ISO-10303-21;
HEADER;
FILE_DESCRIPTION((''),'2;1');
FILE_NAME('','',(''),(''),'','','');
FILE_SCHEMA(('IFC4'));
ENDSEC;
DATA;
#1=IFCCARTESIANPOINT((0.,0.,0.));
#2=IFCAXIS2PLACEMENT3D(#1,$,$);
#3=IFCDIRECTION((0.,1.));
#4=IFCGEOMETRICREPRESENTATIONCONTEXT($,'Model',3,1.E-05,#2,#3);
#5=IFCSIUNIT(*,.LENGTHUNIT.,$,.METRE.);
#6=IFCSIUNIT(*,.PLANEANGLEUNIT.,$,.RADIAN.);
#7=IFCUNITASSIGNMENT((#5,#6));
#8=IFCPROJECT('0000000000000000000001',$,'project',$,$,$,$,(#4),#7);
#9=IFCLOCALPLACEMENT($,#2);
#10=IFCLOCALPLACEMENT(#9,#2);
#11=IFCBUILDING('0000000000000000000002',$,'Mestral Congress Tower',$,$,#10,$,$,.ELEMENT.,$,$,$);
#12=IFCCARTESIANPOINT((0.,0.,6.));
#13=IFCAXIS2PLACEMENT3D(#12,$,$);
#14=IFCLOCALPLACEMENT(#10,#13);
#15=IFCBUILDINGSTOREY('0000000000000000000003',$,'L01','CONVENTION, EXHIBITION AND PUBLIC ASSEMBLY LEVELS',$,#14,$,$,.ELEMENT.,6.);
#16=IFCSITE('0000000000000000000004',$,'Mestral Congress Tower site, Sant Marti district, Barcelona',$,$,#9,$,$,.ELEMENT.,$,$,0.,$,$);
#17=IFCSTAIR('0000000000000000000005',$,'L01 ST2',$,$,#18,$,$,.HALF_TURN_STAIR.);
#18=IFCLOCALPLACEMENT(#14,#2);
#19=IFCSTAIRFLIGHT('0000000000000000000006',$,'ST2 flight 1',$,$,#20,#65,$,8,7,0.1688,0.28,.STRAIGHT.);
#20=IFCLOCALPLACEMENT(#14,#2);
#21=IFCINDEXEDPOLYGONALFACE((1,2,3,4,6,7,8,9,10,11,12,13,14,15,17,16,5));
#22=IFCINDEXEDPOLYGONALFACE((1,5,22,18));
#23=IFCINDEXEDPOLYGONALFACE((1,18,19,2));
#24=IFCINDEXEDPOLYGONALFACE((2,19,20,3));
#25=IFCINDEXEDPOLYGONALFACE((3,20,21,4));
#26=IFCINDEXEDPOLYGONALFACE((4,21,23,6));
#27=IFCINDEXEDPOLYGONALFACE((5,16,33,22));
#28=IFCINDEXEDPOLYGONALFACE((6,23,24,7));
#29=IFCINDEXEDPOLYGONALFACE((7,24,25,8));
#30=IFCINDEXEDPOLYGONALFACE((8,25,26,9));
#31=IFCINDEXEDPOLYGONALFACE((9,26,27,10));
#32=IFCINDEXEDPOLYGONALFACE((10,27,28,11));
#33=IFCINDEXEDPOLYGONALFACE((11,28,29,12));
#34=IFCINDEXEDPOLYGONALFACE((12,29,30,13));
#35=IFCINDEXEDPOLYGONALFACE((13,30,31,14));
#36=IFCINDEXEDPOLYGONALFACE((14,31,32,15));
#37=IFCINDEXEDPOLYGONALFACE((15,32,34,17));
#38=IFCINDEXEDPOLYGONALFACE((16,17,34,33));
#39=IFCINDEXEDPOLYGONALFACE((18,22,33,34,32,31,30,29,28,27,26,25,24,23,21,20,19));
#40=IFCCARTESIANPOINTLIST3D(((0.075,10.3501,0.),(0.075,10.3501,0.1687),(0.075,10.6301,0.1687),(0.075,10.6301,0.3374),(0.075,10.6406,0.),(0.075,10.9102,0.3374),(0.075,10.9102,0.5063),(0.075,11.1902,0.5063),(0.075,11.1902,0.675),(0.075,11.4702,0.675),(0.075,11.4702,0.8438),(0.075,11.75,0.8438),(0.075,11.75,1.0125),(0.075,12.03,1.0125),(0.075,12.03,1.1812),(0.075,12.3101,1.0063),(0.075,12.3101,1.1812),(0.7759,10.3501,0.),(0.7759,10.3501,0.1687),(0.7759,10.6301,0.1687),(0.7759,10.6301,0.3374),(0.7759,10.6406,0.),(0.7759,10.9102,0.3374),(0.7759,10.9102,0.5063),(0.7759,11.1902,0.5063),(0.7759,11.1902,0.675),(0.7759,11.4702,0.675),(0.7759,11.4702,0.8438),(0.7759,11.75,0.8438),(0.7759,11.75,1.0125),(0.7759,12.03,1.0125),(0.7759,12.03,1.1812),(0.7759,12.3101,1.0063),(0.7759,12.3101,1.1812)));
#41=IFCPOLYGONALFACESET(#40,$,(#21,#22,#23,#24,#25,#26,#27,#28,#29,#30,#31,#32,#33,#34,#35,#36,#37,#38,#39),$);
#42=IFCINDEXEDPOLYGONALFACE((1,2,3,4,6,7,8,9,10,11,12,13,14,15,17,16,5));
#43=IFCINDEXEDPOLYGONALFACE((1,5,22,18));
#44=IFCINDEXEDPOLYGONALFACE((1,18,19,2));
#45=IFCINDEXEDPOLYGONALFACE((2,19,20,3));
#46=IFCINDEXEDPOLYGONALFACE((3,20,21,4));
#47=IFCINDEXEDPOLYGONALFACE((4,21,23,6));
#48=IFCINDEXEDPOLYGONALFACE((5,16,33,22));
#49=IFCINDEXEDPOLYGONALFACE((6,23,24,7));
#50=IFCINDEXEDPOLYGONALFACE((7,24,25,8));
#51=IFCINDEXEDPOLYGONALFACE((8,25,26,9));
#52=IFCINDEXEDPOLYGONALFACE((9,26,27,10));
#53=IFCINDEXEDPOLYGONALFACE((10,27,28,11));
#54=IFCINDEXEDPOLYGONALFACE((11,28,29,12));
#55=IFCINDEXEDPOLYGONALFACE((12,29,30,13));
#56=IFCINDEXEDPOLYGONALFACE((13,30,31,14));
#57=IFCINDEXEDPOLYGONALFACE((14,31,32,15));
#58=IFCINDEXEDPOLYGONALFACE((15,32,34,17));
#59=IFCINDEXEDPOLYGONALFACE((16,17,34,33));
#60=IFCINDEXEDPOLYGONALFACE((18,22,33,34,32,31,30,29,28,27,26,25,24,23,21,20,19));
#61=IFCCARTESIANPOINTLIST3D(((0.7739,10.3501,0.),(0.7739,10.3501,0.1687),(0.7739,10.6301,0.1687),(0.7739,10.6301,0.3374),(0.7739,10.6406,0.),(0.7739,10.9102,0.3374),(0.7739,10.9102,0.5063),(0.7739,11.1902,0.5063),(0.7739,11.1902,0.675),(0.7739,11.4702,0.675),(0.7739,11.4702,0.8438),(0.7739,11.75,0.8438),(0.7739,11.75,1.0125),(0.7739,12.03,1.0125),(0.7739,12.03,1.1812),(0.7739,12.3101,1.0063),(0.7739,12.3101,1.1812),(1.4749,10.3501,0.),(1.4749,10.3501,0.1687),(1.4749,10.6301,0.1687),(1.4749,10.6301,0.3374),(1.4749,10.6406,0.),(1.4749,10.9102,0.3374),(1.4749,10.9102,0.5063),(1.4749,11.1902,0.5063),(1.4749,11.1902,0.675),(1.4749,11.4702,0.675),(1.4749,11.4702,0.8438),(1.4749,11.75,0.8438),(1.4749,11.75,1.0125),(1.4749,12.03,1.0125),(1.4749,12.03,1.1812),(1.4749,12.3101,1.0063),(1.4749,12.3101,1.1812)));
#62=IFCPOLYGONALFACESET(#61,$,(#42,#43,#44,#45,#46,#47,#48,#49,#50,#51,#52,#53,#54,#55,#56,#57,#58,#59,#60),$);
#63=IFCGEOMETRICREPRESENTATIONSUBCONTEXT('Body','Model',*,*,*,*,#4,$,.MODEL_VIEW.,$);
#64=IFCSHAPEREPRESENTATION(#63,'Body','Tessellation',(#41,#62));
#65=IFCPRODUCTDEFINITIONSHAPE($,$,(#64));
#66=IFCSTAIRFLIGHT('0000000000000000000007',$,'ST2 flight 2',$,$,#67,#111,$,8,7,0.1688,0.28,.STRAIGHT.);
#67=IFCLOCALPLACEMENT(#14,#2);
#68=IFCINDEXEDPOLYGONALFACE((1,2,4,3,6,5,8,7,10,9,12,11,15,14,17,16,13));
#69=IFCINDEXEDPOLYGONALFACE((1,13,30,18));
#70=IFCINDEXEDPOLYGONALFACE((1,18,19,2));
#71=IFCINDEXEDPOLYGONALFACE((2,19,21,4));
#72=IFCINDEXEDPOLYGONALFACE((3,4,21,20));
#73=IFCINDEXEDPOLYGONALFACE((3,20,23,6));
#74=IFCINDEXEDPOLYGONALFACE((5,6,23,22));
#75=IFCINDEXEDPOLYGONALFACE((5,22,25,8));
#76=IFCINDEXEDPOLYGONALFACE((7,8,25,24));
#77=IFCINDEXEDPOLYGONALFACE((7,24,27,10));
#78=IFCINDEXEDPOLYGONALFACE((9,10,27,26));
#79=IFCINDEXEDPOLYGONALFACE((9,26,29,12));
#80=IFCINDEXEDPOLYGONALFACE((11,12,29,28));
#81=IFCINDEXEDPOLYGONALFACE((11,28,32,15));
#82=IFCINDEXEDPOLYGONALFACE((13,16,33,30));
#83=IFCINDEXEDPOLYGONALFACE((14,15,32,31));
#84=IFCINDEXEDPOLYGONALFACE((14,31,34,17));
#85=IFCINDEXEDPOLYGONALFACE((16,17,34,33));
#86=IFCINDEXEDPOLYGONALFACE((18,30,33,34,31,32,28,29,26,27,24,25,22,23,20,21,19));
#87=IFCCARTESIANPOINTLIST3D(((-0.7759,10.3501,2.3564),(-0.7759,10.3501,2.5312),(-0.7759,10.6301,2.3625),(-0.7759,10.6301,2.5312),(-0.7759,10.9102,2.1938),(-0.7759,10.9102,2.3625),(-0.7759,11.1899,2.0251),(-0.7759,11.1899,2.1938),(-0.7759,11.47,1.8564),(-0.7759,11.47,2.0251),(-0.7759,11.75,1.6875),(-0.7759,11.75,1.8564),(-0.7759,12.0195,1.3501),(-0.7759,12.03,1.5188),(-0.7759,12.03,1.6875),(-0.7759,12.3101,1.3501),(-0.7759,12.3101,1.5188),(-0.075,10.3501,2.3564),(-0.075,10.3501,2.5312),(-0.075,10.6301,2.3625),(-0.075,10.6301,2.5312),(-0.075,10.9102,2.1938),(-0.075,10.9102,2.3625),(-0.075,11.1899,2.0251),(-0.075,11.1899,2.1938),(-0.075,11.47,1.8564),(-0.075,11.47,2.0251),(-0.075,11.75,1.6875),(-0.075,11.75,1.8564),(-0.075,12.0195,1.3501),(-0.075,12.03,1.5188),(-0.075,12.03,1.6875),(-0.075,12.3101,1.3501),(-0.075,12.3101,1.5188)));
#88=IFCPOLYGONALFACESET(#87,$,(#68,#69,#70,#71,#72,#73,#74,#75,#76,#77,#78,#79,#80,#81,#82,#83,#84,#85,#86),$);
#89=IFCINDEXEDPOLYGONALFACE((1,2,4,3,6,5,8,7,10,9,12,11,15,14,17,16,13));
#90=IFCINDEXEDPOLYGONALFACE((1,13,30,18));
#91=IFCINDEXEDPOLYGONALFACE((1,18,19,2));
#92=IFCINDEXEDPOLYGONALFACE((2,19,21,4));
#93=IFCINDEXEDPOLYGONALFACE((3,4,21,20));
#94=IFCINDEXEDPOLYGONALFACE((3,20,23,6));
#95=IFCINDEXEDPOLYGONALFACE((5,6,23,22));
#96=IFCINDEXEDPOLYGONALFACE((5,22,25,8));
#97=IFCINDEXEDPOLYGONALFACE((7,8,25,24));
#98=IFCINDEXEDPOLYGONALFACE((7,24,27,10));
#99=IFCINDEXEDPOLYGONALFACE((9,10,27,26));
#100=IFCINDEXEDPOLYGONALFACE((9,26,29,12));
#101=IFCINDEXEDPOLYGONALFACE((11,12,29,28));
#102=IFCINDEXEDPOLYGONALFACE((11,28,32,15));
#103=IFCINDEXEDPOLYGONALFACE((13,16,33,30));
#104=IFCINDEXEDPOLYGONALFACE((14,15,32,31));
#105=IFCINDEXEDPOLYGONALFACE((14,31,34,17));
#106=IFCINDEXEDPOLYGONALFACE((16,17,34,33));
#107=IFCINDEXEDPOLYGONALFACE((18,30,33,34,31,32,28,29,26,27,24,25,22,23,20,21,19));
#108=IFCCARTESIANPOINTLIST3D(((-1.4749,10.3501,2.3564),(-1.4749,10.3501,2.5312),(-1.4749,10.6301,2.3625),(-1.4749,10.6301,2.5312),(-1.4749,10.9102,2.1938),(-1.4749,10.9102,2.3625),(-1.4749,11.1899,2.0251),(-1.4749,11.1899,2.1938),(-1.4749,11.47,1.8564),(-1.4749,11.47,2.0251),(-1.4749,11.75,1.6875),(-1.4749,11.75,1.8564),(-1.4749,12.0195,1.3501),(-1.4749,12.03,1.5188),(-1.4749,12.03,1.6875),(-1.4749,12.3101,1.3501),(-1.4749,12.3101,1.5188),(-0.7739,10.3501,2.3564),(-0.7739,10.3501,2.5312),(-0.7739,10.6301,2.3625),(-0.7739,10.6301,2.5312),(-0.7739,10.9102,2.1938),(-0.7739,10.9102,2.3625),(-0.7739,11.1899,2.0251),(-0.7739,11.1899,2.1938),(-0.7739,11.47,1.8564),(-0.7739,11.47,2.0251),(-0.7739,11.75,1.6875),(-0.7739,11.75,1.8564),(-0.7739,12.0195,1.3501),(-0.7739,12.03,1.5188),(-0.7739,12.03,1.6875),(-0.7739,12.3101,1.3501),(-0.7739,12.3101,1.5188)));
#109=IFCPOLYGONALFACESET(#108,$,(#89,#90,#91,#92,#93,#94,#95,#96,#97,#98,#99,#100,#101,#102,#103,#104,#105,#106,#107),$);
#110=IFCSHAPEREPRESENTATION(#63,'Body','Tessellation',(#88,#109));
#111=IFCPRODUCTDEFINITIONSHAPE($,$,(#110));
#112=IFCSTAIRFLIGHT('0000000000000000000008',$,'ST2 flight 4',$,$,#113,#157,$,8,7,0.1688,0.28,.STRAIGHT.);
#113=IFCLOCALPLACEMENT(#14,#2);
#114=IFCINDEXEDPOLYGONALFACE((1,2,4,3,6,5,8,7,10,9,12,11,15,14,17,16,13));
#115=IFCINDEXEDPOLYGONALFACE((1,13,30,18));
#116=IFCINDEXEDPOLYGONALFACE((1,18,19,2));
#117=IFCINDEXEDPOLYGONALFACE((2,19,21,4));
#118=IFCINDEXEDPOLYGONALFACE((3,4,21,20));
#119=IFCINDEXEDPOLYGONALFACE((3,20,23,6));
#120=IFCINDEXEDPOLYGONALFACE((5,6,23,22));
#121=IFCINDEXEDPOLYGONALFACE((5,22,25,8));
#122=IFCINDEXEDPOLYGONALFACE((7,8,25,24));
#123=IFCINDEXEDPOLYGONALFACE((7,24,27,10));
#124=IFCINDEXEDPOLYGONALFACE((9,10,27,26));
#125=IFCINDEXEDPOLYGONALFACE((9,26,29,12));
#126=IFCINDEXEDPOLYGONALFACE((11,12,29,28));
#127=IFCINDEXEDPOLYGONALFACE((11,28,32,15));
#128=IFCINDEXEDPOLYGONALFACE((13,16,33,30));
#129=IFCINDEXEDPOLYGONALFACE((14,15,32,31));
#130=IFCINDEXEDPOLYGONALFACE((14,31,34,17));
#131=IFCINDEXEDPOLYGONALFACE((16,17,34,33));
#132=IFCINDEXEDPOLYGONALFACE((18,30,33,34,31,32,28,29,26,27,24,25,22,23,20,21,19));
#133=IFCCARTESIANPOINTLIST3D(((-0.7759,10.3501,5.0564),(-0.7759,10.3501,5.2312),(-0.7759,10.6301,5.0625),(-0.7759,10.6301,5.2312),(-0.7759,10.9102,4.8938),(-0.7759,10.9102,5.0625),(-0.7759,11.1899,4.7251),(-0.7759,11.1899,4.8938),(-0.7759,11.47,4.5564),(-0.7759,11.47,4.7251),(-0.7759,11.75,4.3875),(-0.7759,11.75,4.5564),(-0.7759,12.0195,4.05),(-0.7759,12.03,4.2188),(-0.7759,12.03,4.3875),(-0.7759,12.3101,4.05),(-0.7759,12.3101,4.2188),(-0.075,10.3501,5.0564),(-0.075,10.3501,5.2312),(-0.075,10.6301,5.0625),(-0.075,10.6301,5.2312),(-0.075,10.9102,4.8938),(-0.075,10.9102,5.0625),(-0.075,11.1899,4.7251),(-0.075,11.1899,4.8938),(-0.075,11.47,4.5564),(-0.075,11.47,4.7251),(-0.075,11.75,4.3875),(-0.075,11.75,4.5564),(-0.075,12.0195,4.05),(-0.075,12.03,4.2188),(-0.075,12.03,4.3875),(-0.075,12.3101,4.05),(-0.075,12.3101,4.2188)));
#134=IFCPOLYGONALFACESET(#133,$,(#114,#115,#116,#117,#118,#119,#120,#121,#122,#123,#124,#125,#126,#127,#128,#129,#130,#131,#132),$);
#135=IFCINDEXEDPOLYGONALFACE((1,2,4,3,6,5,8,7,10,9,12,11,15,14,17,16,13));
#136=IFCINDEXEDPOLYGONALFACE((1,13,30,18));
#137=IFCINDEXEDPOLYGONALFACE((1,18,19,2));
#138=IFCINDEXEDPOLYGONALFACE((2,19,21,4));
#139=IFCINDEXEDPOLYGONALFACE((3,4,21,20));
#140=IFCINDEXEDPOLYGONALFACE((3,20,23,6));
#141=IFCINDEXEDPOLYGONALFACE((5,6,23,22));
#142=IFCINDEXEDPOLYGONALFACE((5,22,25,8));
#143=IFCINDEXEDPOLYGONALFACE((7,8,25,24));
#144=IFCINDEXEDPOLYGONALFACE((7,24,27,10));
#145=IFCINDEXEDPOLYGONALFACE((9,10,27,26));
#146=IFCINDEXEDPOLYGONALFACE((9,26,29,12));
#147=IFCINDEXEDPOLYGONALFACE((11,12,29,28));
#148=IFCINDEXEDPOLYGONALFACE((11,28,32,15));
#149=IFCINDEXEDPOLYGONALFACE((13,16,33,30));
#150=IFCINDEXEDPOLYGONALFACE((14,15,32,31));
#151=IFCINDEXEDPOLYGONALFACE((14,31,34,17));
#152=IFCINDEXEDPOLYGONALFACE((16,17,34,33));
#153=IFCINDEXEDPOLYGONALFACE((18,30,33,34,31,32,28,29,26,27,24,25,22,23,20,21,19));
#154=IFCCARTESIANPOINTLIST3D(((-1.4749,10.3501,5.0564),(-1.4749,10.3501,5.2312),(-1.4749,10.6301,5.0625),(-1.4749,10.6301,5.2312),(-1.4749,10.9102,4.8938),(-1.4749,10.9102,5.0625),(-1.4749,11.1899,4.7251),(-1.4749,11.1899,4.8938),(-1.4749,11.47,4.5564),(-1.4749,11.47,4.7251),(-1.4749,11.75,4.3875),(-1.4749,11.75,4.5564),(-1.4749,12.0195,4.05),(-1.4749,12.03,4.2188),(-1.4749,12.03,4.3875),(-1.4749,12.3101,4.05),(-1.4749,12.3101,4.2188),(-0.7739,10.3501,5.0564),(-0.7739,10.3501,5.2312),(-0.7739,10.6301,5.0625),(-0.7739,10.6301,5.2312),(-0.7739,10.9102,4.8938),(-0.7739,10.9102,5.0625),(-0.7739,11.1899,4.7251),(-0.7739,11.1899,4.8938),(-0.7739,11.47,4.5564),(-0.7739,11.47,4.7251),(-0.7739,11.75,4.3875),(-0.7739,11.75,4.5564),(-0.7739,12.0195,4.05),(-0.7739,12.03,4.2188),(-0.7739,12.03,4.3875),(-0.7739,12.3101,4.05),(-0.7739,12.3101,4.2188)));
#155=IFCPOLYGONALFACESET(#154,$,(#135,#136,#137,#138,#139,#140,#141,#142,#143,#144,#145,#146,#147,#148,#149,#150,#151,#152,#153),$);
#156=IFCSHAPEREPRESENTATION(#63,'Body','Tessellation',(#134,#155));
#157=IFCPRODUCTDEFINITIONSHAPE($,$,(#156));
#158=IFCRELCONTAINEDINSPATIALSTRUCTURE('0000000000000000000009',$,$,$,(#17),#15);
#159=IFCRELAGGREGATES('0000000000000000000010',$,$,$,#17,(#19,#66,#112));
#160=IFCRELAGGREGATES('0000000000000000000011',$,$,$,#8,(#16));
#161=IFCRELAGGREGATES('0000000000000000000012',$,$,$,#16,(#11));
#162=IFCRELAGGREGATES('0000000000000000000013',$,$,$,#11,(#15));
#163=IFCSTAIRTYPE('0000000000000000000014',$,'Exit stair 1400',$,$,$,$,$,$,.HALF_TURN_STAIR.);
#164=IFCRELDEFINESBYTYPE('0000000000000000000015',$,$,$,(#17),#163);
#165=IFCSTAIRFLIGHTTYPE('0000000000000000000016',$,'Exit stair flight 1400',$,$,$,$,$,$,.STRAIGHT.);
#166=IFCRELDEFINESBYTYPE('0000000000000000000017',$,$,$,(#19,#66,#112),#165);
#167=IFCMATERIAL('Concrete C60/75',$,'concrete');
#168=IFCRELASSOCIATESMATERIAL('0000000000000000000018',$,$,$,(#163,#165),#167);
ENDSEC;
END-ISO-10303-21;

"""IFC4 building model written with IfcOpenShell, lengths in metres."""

from ifc_helpers import new_model, si_unit, direction, frame, origin, place, context, subcontext, project, spatial, polyline, outline, extrude, material, type_object, element, aggregate, save


model = new_model("IFC4")

# Units and contexts
model_context = context("Model", 3, precision=1e-05, world=origin(), true_north=direction((0.0, 1.0)))
body_context = subcontext(model_context, "Body", "Model", "MODEL_VIEW")
ifc_project = project(units=[si_unit("LENGTHUNIT", "METRE"), si_unit("PLANEANGLEUNIT", "RADIAN")], contexts=[model_context])

# Site, building, storey
site_placement = place(None, origin())
site = spatial("IfcSite", under=ifc_project, at=site_placement, Name="Mestral Congress Tower site, Sant Marti district, Barcelona", CompositionType="ELEMENT", RefElevation=0.0)
building_placement = place(site_placement, origin())
building = spatial("IfcBuilding", under=site, at=building_placement, Name="Mestral Congress Tower", CompositionType="ELEMENT")
storey_placement = place(building_placement, frame((0.0, 0.0, 6.0)))
storey = spatial("IfcBuildingStorey", under=building, at=storey_placement, Name="L01", Description="CONVENTION, EXHIBITION AND PUBLIC ASSEMBLY LEVELS", CompositionType="ELEMENT", Elevation=6.0)

# Shared definitions
ifc_material_1 = material(Name="Concrete C60/75", Category="concrete")

# Stair, stair flights
stair_type = type_object("IfcStairType", Name="Exit stair 1400", PredefinedType="HALF_TURN_STAIR", material=ifc_material_1)
stair_placement = place(storey_placement, origin())
stair = element("IfcStair", 1, at=stair_placement, inside=storey, type_object=stair_type, Name="L01 ST2", PredefinedType="HALF_TURN_STAIR")
stair_flight_type = type_object("IfcStairFlightType", Name="Exit stair flight 1400", PredefinedType="STRAIGHT", material=ifc_material_1)
stair_flight_1_placement = place(storey_placement, frame((0.7749, 10.3501, 0.0), z_axis=(0.0, 0.0, 1.0), x_axis=(0.0, 1.0, 0.0)))
stair_flight_1 = element("IfcStairFlight", 2, at=stair_flight_1_placement, type_object=stair_flight_type, Name="ST2 flight 1", NumberOfRisers=8, NumberOfTreads=7, PredefinedType="STRAIGHT", RiserHeight=0.1688, TreadLength=0.28, context=body_context, shape_type="SweptSolid", body=[
    extrude(outline(polyline([(0.0, 0.0), (0.0, 0.1687), (0.28, 0.1687), (0.28, 0.3374), (0.5601, 0.3374), (0.5601, 0.5063), (0.8401, 0.5063), (0.8401, 0.675), (1.1201, 0.675), (1.1201, 0.8438), (1.3999, 0.8438), (1.3999, 1.0125), (1.6799, 1.0125), (1.6799, 1.1812), (1.96, 1.1812), (1.96, 1.3501), (1.96, 1.0063), (0.2905, 0.0), (0.0, 0.0)])), frame((0.0, 0.7, 0.0), z_axis=(0.0, -1.0, 0.0), x_axis=(1.0, 0.0, 0.0)), (0.0, 0.0, 1.0), 0.7009),
    extrude(outline(polyline([(0.0, 0.0), (0.0, 0.1687), (0.28, 0.1687), (0.28, 0.3374), (0.5601, 0.3374), (0.5601, 0.5063), (0.8401, 0.5063), (0.8401, 0.675), (1.1201, 0.675), (1.1201, 0.8438), (1.3999, 0.8438), (1.3999, 1.0125), (1.6799, 1.0125), (1.6799, 1.1812), (1.96, 1.1812), (1.96, 1.3501), (1.96, 1.0063), (0.2905, 0.0), (0.0, 0.0)])), frame((0.0, 0.001, 0.0), z_axis=(0.0, -1.0, 0.0), x_axis=(1.0, 0.0, 0.0)), (0.0, 0.0, 1.0), 0.7009),
])
stair_flight_2_placement = place(storey_placement, frame((-0.7749, 12.3101, 1.3501), z_axis=(0.0, 0.0, 1.0), x_axis=(0.0, -1.0, 0.0)))
stair_flight_2 = element("IfcStairFlight", 3, at=stair_flight_2_placement, type_object=stair_flight_type, Name="ST2 flight 2", NumberOfRisers=8, NumberOfTreads=7, PredefinedType="STRAIGHT", RiserHeight=0.1688, TreadLength=0.28, context=body_context, shape_type="SweptSolid", body=[
    extrude(outline(polyline([(0.0, 0.0), (0.0, 0.1687), (0.28, 0.1687), (0.28, 0.3374), (0.5601, 0.3374), (0.5601, 0.5063), (0.8401, 0.5063), (0.8401, 0.675), (1.1201, 0.675), (1.1201, 0.8438), (1.3999, 0.8438), (1.3999, 1.0125), (1.6799, 1.0125), (1.6799, 1.1812), (1.96, 1.1812), (1.96, 1.3501), (1.96, 1.0063), (0.2905, 0.0), (0.0, 0.0)])), frame((0.0, 0.7, 0.0), z_axis=(0.0, -1.0, 0.0), x_axis=(1.0, 0.0, 0.0)), (0.0, 0.0, 1.0), 0.7009),
    extrude(outline(polyline([(0.0, 0.0), (0.0, 0.1687), (0.28, 0.1687), (0.28, 0.3374), (0.5601, 0.3374), (0.5601, 0.5063), (0.8401, 0.5063), (0.8401, 0.675), (1.1201, 0.675), (1.1201, 0.8438), (1.3999, 0.8438), (1.3999, 1.0125), (1.6799, 1.0125), (1.6799, 1.1812), (1.96, 1.1812), (1.96, 1.3501), (1.96, 1.0063), (0.2905, 0.0), (0.0, 0.0)])), frame((0.0, 0.001, 0.0), z_axis=(0.0, -1.0, 0.0), x_axis=(1.0, 0.0, 0.0)), (0.0, 0.0, 1.0), 0.7009),
])
stair_flight_3_placement = place(storey_placement, frame((-0.7749, 12.3101, 4.05), z_axis=(0.0, 0.0, 1.0), x_axis=(0.0, -1.0, 0.0)))
stair_flight_3 = element("IfcStairFlight", 4, at=stair_flight_3_placement, type_object=stair_flight_type, Name="ST2 flight 4", NumberOfRisers=8, NumberOfTreads=7, PredefinedType="STRAIGHT", RiserHeight=0.1688, TreadLength=0.28, context=body_context, shape_type="SweptSolid", body=[
    extrude(outline(polyline([(0.0, 0.0), (0.0, 0.1687), (0.28, 0.1687), (0.28, 0.3374), (0.5601, 0.3374), (0.5601, 0.5063), (0.8401, 0.5063), (0.8401, 0.675), (1.1201, 0.675), (1.1201, 0.8438), (1.3999, 0.8438), (1.3999, 1.0125), (1.6799, 1.0125), (1.6799, 1.1812), (1.96, 1.1812), (1.96, 1.3501), (1.96, 1.0063), (0.2905, 0.0), (0.0, 0.0)])), frame((0.0, 0.7, 0.0), z_axis=(0.0, -1.0, 0.0), x_axis=(1.0, 0.0, 0.0)), (0.0, 0.0, 1.0), 0.7009),
    extrude(outline(polyline([(0.0, 0.0), (0.0, 0.1687), (0.28, 0.1687), (0.28, 0.3374), (0.5601, 0.3374), (0.5601, 0.5063), (0.8401, 0.5063), (0.8401, 0.675), (1.1201, 0.675), (1.1201, 0.8438), (1.3999, 0.8438), (1.3999, 1.0125), (1.6799, 1.0125), (1.6799, 1.1812), (1.96, 1.1812), (1.96, 1.3501), (1.96, 1.0063), (0.2905, 0.0), (0.0, 0.0)])), frame((0.0, 0.001, 0.0), z_axis=(0.0, -1.0, 0.0), x_axis=(1.0, 0.0, 0.0)), (0.0, 0.0, 1.0), 0.7009),
])
aggregate(stair, [stair_flight_1, stair_flight_2, stair_flight_3])

save(model, "model.ifc")
